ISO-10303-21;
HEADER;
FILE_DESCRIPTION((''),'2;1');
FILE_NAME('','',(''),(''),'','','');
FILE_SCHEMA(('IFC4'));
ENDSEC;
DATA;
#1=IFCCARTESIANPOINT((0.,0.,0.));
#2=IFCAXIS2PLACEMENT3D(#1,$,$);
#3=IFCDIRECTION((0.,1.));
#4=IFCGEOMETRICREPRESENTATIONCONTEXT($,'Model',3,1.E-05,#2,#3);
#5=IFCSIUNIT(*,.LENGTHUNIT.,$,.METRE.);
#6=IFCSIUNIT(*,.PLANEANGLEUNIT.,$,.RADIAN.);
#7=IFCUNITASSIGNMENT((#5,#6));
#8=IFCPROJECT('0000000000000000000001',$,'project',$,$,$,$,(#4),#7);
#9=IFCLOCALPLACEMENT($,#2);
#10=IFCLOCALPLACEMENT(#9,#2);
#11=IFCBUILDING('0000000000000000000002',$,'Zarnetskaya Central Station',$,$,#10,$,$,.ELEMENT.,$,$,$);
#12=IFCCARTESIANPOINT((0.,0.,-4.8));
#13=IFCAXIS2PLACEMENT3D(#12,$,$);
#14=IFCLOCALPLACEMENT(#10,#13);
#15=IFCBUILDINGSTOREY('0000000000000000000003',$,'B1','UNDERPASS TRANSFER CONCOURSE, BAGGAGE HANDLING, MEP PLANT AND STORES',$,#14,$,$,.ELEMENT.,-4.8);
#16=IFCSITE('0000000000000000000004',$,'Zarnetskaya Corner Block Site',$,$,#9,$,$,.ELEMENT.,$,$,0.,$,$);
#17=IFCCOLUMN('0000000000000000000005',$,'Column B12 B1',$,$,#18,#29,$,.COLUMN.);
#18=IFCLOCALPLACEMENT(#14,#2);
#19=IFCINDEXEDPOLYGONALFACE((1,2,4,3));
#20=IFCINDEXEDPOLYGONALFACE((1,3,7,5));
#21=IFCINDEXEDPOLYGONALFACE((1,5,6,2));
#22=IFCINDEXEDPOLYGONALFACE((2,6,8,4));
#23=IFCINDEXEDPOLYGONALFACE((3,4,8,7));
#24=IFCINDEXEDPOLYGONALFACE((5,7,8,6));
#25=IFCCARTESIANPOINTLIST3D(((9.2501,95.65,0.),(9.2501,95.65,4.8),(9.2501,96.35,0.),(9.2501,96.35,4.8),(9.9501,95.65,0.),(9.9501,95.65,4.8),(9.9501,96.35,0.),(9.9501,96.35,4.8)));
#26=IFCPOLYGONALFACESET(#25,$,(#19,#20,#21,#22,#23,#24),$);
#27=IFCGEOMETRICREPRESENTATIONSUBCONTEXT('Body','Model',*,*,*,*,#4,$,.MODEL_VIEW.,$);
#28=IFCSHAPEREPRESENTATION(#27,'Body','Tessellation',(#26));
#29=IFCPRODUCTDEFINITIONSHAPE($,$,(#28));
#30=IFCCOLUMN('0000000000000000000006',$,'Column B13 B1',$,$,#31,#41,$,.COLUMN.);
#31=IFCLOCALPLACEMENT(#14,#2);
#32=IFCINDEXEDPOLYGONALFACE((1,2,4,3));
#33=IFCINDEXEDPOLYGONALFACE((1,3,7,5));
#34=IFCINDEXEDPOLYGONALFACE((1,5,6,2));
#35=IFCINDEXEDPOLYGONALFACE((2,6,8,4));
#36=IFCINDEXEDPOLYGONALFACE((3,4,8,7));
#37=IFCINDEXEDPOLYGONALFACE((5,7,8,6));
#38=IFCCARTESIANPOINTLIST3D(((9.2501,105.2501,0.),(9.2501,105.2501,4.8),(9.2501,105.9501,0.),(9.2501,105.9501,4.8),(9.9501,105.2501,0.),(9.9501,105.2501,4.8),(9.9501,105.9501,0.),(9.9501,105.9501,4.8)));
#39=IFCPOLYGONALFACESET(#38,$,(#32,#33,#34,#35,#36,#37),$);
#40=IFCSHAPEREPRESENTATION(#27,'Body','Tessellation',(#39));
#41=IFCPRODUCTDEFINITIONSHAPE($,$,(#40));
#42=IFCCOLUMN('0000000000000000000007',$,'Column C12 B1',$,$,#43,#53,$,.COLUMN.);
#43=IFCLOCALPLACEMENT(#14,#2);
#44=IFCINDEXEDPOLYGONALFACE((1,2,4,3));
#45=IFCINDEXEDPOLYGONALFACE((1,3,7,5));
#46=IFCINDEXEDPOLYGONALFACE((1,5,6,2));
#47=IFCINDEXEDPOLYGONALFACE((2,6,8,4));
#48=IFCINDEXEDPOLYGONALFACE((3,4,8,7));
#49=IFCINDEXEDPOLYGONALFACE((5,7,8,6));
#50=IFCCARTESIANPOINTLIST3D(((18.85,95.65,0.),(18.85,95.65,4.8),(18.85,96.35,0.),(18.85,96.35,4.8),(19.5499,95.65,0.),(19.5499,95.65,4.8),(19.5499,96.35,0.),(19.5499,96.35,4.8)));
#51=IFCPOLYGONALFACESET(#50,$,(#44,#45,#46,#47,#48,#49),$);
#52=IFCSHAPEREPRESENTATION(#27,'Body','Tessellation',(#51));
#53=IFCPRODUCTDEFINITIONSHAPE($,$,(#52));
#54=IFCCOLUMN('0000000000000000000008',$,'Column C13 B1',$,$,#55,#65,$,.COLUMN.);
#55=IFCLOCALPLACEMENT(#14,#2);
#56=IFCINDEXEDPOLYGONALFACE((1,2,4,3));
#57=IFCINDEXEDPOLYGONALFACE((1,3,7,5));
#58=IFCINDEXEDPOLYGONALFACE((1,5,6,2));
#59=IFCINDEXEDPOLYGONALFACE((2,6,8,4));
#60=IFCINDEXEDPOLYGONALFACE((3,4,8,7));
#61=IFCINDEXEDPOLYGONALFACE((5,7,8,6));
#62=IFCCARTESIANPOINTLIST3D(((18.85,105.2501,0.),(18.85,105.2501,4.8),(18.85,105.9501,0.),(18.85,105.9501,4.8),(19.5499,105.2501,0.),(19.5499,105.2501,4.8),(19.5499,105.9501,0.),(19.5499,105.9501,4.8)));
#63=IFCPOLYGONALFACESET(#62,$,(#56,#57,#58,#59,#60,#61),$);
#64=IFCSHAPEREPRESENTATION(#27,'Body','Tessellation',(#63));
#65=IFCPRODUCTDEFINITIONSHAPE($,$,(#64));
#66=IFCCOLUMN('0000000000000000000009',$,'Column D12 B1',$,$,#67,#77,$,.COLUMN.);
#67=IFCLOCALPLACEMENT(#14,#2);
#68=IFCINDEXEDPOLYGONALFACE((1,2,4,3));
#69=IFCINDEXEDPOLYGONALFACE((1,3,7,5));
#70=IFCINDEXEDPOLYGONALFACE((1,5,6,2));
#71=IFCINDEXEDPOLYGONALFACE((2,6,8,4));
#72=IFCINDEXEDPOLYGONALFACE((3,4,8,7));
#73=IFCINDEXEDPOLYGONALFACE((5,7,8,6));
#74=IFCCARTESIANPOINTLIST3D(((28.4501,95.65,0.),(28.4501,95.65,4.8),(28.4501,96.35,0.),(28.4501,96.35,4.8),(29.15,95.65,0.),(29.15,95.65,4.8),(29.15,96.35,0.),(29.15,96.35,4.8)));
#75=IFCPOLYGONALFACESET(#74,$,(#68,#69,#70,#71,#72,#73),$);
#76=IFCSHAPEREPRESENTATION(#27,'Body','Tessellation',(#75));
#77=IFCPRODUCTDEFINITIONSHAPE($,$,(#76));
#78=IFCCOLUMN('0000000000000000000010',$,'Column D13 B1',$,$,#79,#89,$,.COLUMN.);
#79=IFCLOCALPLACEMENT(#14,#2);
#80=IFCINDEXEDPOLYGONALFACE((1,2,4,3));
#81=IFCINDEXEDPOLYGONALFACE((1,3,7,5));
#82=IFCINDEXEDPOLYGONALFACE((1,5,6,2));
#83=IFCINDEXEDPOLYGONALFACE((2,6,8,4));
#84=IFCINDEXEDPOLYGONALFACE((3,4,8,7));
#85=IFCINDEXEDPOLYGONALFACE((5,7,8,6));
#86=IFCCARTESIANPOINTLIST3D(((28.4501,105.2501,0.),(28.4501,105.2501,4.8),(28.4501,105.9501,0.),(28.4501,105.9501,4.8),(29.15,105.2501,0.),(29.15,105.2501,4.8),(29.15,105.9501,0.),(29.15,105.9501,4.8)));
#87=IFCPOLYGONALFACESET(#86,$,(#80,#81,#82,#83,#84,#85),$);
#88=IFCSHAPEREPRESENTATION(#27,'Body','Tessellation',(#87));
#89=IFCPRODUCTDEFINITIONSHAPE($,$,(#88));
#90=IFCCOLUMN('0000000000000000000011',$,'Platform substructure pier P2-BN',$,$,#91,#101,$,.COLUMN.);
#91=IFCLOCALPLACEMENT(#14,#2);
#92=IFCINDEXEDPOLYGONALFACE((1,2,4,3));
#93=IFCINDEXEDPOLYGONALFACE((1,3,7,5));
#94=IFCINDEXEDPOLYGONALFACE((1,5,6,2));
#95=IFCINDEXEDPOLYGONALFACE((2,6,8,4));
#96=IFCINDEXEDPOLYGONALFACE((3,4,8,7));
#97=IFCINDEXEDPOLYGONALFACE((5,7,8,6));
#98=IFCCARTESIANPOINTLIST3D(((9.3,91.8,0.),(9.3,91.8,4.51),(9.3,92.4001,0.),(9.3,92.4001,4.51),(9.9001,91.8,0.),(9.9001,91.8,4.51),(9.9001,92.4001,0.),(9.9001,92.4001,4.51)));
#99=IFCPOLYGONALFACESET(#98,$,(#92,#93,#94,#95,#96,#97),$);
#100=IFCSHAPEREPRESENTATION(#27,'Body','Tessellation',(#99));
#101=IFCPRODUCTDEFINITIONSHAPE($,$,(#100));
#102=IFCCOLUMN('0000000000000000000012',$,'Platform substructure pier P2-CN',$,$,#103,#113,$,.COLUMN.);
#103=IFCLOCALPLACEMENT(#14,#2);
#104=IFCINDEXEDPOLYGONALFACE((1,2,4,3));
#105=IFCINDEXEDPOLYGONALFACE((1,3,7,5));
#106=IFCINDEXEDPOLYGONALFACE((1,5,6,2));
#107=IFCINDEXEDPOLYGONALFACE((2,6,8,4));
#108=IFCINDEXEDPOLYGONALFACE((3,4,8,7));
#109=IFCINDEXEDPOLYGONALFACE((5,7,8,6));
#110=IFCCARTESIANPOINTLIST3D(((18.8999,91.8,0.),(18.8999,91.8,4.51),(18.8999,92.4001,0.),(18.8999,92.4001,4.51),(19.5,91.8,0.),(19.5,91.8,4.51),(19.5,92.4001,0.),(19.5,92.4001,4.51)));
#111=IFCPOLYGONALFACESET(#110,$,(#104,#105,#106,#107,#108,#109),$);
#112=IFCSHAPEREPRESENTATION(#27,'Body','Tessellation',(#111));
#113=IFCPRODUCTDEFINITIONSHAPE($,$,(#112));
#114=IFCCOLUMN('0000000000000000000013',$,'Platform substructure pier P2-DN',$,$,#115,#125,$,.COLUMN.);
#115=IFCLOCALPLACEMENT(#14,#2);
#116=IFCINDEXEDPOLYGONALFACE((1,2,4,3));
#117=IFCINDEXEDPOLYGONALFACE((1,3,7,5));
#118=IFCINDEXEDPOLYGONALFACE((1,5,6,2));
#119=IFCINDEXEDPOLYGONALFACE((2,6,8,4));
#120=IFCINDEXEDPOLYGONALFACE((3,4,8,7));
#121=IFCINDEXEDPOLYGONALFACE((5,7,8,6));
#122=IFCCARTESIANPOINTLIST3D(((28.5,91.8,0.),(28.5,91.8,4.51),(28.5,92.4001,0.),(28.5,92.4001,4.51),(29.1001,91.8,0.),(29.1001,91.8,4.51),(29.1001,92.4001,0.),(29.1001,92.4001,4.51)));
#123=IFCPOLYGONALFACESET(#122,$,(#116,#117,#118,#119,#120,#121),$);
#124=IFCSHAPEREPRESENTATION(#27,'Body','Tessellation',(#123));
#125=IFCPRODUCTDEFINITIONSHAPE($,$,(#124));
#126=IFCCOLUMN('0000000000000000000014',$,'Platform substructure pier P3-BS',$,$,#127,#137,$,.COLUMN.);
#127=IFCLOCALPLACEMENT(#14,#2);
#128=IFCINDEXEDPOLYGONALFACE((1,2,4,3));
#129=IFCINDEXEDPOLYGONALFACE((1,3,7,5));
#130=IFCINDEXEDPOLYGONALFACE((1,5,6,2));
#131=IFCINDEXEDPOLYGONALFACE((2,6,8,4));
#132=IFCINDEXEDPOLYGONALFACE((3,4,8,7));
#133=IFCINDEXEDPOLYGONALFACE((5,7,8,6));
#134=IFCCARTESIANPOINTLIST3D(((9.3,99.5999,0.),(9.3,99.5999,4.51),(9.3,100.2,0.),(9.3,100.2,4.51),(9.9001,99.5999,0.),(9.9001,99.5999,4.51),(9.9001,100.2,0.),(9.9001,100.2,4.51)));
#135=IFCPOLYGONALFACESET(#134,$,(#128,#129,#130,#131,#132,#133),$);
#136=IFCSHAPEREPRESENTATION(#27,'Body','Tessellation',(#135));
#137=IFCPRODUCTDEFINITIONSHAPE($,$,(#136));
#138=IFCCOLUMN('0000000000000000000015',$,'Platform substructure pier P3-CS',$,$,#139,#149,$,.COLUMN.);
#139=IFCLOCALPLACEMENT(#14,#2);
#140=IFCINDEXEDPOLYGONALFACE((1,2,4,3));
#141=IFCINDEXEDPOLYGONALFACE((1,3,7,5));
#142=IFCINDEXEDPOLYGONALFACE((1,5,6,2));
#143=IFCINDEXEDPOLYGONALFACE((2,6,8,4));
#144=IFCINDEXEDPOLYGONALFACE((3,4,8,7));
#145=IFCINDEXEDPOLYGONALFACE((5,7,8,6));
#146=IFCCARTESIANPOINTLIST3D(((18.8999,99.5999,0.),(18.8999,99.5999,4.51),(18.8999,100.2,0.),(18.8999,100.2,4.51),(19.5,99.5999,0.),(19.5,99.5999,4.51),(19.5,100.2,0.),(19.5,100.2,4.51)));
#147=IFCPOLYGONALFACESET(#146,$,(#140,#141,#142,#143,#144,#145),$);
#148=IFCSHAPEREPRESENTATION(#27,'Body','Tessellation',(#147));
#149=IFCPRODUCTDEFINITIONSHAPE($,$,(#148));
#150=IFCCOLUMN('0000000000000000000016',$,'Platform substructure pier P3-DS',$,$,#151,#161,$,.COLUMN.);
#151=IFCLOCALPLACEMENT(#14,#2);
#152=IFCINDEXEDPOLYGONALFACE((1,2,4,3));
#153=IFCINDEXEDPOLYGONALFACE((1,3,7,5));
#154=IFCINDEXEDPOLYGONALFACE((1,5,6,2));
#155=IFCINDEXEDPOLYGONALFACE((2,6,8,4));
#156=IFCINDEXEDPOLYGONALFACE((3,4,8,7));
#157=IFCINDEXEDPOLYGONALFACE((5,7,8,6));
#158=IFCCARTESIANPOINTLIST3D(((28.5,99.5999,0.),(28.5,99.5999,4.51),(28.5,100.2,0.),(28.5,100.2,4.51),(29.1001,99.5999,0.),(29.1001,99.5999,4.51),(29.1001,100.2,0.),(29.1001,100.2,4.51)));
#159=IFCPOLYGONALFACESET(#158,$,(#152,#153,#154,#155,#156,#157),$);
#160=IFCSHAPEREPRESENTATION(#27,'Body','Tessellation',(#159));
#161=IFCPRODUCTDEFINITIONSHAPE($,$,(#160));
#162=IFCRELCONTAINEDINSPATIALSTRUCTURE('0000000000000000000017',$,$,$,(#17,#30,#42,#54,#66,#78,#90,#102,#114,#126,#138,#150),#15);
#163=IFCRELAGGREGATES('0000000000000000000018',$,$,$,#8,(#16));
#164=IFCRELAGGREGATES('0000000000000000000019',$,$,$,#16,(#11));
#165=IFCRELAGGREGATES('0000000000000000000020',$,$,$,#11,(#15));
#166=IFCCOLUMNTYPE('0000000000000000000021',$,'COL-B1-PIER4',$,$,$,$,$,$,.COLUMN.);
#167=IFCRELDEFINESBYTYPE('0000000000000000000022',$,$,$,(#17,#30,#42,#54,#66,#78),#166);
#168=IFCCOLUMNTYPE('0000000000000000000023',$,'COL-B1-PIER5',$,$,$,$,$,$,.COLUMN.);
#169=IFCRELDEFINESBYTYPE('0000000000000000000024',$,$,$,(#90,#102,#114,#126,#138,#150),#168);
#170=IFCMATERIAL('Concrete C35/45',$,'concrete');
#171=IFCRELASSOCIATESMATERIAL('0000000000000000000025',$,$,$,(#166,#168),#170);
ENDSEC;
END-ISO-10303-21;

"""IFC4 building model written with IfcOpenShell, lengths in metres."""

from ifc_helpers import new_model, si_unit, direction, frame, origin, origin_2d, place, context, subcontext, project, spatial, rectangle, extrude, material, material_profile, profile_set, type_object, element, save


model = new_model("IFC4")

# Units and contexts
model_context = context("Model", 3, precision=1e-05, world=origin(), true_north=direction((0.0, 1.0)))
body_context = subcontext(model_context, "Body", "Model", "MODEL_VIEW")
ifc_project = project(units=[si_unit("LENGTHUNIT", "METRE"), si_unit("PLANEANGLEUNIT", "RADIAN")], contexts=[model_context])

# Site, building, storey
site_placement = place(None, origin())
site = spatial("IfcSite", under=ifc_project, at=site_placement, Name="Zarnetskaya Corner Block Site", CompositionType="ELEMENT", RefElevation=0.0)
building_placement = place(site_placement, origin())
building = spatial("IfcBuilding", under=site, at=building_placement, Name="Zarnetskaya Central Station", CompositionType="ELEMENT")
storey_placement = place(building_placement, frame((0.0, 0.0, -4.8)))
storey = spatial("IfcBuildingStorey", under=building, at=storey_placement, Name="B1", Description="UNDERPASS TRANSFER CONCOURSE, BAGGAGE HANDLING, MEP PLANT AND STORES", CompositionType="ELEMENT", Elevation=-4.8)

# Shared definitions
ifc_material = material(Name="Concrete C35/45", Category="concrete")

# Columns
ifc_material_profile_1 = material_profile(ifc_material, rectangle(XDim=0.7, YDim=0.7, at=origin_2d()), Name="RC 700x700")
ifc_profile_set_1 = profile_set([ifc_material_profile_1], Name="Concrete C35/45")
column_type_1 = type_object("IfcColumnType", Name="COL-B1-PIER4", PredefinedType="COLUMN", material=ifc_profile_set_1)
for number, where, z_axis, x_axis, name in (
    (1, (9.6001, 96.0, 0.0), (0.0, 0.0, 1.0), (1.0, 0.0, 0.0), "Column B12 B1"),
    (2, (9.6001, 105.6001, 0.0), (0.0, 0.0, 1.0), (1.0, 0.0, 0.0), "Column B13 B1"),
    (3, (19.2, 96.0, 0.0), (0.0, 0.0, 1.0), (1.0, 0.0, 0.0), "Column C12 B1"),
    (4, (19.2, 105.6001, 0.0), (0.0, 0.0, 1.0), (1.0, 0.0, 0.0), "Column C13 B1"),
    (5, (28.8, 96.0, 0.0), (0.0, 0.0, 1.0), (1.0, 0.0, 0.0), "Column D12 B1"),
    (6, (28.8, 105.6001, 0.0), (0.0, 0.0, 1.0), (1.0, 0.0, 0.0), "Column D13 B1"),
):
    element("IfcColumn", number, at=place(storey_placement, frame(where, z_axis=z_axis, x_axis=x_axis)), inside=storey, type_object=column_type_1, Name=name, PredefinedType="COLUMN", context=body_context, shape_type="SweptSolid", body=[
        extrude(rectangle(XDim=0.7, YDim=0.7, at=origin_2d()), origin(), (0.0, 0.0, 1.0), 4.8),
    ])
ifc_material_profile_2 = material_profile(ifc_material, rectangle(XDim=0.6001, YDim=0.6001, at=origin_2d()), Name="RC 600x600")
ifc_profile_set_2 = profile_set([ifc_material_profile_2], Name="Concrete C35/45")
column_type_2 = type_object("IfcColumnType", Name="COL-B1-PIER5", PredefinedType="COLUMN", material=ifc_profile_set_2)
for number, where, z_axis, x_axis, name in (
    (7, (9.6001, 92.1001, 0.0), (0.0, 0.0, 1.0), (1.0, 0.0, 0.0), "Platform substructure pier P2-BN"),
    (8, (19.2, 92.1001, 0.0), (0.0, 0.0, 1.0), (1.0, 0.0, 0.0), "Platform substructure pier P2-CN"),
    (9, (28.8, 92.1001, 0.0), (0.0, 0.0, 1.0), (1.0, 0.0, 0.0), "Platform substructure pier P2-DN"),
    (10, (9.6001, 99.8999, 0.0), (0.0, 0.0, 1.0), (1.0, 0.0, 0.0), "Platform substructure pier P3-BS"),
    (11, (19.2, 99.8999, 0.0), (0.0, 0.0, 1.0), (1.0, 0.0, 0.0), "Platform substructure pier P3-CS"),
    (12, (28.8, 99.8999, 0.0), (0.0, 0.0, 1.0), (1.0, 0.0, 0.0), "Platform substructure pier P3-DS"),
):
    element("IfcColumn", number, at=place(storey_placement, frame(where, z_axis=z_axis, x_axis=x_axis)), inside=storey, type_object=column_type_2, Name=name, PredefinedType="COLUMN", context=body_context, shape_type="SweptSolid", body=[
        extrude(rectangle(XDim=0.6001, YDim=0.6001, at=origin_2d()), origin(), (0.0, 0.0, 1.0), 4.51),
    ])

save(model, "model.ifc")
